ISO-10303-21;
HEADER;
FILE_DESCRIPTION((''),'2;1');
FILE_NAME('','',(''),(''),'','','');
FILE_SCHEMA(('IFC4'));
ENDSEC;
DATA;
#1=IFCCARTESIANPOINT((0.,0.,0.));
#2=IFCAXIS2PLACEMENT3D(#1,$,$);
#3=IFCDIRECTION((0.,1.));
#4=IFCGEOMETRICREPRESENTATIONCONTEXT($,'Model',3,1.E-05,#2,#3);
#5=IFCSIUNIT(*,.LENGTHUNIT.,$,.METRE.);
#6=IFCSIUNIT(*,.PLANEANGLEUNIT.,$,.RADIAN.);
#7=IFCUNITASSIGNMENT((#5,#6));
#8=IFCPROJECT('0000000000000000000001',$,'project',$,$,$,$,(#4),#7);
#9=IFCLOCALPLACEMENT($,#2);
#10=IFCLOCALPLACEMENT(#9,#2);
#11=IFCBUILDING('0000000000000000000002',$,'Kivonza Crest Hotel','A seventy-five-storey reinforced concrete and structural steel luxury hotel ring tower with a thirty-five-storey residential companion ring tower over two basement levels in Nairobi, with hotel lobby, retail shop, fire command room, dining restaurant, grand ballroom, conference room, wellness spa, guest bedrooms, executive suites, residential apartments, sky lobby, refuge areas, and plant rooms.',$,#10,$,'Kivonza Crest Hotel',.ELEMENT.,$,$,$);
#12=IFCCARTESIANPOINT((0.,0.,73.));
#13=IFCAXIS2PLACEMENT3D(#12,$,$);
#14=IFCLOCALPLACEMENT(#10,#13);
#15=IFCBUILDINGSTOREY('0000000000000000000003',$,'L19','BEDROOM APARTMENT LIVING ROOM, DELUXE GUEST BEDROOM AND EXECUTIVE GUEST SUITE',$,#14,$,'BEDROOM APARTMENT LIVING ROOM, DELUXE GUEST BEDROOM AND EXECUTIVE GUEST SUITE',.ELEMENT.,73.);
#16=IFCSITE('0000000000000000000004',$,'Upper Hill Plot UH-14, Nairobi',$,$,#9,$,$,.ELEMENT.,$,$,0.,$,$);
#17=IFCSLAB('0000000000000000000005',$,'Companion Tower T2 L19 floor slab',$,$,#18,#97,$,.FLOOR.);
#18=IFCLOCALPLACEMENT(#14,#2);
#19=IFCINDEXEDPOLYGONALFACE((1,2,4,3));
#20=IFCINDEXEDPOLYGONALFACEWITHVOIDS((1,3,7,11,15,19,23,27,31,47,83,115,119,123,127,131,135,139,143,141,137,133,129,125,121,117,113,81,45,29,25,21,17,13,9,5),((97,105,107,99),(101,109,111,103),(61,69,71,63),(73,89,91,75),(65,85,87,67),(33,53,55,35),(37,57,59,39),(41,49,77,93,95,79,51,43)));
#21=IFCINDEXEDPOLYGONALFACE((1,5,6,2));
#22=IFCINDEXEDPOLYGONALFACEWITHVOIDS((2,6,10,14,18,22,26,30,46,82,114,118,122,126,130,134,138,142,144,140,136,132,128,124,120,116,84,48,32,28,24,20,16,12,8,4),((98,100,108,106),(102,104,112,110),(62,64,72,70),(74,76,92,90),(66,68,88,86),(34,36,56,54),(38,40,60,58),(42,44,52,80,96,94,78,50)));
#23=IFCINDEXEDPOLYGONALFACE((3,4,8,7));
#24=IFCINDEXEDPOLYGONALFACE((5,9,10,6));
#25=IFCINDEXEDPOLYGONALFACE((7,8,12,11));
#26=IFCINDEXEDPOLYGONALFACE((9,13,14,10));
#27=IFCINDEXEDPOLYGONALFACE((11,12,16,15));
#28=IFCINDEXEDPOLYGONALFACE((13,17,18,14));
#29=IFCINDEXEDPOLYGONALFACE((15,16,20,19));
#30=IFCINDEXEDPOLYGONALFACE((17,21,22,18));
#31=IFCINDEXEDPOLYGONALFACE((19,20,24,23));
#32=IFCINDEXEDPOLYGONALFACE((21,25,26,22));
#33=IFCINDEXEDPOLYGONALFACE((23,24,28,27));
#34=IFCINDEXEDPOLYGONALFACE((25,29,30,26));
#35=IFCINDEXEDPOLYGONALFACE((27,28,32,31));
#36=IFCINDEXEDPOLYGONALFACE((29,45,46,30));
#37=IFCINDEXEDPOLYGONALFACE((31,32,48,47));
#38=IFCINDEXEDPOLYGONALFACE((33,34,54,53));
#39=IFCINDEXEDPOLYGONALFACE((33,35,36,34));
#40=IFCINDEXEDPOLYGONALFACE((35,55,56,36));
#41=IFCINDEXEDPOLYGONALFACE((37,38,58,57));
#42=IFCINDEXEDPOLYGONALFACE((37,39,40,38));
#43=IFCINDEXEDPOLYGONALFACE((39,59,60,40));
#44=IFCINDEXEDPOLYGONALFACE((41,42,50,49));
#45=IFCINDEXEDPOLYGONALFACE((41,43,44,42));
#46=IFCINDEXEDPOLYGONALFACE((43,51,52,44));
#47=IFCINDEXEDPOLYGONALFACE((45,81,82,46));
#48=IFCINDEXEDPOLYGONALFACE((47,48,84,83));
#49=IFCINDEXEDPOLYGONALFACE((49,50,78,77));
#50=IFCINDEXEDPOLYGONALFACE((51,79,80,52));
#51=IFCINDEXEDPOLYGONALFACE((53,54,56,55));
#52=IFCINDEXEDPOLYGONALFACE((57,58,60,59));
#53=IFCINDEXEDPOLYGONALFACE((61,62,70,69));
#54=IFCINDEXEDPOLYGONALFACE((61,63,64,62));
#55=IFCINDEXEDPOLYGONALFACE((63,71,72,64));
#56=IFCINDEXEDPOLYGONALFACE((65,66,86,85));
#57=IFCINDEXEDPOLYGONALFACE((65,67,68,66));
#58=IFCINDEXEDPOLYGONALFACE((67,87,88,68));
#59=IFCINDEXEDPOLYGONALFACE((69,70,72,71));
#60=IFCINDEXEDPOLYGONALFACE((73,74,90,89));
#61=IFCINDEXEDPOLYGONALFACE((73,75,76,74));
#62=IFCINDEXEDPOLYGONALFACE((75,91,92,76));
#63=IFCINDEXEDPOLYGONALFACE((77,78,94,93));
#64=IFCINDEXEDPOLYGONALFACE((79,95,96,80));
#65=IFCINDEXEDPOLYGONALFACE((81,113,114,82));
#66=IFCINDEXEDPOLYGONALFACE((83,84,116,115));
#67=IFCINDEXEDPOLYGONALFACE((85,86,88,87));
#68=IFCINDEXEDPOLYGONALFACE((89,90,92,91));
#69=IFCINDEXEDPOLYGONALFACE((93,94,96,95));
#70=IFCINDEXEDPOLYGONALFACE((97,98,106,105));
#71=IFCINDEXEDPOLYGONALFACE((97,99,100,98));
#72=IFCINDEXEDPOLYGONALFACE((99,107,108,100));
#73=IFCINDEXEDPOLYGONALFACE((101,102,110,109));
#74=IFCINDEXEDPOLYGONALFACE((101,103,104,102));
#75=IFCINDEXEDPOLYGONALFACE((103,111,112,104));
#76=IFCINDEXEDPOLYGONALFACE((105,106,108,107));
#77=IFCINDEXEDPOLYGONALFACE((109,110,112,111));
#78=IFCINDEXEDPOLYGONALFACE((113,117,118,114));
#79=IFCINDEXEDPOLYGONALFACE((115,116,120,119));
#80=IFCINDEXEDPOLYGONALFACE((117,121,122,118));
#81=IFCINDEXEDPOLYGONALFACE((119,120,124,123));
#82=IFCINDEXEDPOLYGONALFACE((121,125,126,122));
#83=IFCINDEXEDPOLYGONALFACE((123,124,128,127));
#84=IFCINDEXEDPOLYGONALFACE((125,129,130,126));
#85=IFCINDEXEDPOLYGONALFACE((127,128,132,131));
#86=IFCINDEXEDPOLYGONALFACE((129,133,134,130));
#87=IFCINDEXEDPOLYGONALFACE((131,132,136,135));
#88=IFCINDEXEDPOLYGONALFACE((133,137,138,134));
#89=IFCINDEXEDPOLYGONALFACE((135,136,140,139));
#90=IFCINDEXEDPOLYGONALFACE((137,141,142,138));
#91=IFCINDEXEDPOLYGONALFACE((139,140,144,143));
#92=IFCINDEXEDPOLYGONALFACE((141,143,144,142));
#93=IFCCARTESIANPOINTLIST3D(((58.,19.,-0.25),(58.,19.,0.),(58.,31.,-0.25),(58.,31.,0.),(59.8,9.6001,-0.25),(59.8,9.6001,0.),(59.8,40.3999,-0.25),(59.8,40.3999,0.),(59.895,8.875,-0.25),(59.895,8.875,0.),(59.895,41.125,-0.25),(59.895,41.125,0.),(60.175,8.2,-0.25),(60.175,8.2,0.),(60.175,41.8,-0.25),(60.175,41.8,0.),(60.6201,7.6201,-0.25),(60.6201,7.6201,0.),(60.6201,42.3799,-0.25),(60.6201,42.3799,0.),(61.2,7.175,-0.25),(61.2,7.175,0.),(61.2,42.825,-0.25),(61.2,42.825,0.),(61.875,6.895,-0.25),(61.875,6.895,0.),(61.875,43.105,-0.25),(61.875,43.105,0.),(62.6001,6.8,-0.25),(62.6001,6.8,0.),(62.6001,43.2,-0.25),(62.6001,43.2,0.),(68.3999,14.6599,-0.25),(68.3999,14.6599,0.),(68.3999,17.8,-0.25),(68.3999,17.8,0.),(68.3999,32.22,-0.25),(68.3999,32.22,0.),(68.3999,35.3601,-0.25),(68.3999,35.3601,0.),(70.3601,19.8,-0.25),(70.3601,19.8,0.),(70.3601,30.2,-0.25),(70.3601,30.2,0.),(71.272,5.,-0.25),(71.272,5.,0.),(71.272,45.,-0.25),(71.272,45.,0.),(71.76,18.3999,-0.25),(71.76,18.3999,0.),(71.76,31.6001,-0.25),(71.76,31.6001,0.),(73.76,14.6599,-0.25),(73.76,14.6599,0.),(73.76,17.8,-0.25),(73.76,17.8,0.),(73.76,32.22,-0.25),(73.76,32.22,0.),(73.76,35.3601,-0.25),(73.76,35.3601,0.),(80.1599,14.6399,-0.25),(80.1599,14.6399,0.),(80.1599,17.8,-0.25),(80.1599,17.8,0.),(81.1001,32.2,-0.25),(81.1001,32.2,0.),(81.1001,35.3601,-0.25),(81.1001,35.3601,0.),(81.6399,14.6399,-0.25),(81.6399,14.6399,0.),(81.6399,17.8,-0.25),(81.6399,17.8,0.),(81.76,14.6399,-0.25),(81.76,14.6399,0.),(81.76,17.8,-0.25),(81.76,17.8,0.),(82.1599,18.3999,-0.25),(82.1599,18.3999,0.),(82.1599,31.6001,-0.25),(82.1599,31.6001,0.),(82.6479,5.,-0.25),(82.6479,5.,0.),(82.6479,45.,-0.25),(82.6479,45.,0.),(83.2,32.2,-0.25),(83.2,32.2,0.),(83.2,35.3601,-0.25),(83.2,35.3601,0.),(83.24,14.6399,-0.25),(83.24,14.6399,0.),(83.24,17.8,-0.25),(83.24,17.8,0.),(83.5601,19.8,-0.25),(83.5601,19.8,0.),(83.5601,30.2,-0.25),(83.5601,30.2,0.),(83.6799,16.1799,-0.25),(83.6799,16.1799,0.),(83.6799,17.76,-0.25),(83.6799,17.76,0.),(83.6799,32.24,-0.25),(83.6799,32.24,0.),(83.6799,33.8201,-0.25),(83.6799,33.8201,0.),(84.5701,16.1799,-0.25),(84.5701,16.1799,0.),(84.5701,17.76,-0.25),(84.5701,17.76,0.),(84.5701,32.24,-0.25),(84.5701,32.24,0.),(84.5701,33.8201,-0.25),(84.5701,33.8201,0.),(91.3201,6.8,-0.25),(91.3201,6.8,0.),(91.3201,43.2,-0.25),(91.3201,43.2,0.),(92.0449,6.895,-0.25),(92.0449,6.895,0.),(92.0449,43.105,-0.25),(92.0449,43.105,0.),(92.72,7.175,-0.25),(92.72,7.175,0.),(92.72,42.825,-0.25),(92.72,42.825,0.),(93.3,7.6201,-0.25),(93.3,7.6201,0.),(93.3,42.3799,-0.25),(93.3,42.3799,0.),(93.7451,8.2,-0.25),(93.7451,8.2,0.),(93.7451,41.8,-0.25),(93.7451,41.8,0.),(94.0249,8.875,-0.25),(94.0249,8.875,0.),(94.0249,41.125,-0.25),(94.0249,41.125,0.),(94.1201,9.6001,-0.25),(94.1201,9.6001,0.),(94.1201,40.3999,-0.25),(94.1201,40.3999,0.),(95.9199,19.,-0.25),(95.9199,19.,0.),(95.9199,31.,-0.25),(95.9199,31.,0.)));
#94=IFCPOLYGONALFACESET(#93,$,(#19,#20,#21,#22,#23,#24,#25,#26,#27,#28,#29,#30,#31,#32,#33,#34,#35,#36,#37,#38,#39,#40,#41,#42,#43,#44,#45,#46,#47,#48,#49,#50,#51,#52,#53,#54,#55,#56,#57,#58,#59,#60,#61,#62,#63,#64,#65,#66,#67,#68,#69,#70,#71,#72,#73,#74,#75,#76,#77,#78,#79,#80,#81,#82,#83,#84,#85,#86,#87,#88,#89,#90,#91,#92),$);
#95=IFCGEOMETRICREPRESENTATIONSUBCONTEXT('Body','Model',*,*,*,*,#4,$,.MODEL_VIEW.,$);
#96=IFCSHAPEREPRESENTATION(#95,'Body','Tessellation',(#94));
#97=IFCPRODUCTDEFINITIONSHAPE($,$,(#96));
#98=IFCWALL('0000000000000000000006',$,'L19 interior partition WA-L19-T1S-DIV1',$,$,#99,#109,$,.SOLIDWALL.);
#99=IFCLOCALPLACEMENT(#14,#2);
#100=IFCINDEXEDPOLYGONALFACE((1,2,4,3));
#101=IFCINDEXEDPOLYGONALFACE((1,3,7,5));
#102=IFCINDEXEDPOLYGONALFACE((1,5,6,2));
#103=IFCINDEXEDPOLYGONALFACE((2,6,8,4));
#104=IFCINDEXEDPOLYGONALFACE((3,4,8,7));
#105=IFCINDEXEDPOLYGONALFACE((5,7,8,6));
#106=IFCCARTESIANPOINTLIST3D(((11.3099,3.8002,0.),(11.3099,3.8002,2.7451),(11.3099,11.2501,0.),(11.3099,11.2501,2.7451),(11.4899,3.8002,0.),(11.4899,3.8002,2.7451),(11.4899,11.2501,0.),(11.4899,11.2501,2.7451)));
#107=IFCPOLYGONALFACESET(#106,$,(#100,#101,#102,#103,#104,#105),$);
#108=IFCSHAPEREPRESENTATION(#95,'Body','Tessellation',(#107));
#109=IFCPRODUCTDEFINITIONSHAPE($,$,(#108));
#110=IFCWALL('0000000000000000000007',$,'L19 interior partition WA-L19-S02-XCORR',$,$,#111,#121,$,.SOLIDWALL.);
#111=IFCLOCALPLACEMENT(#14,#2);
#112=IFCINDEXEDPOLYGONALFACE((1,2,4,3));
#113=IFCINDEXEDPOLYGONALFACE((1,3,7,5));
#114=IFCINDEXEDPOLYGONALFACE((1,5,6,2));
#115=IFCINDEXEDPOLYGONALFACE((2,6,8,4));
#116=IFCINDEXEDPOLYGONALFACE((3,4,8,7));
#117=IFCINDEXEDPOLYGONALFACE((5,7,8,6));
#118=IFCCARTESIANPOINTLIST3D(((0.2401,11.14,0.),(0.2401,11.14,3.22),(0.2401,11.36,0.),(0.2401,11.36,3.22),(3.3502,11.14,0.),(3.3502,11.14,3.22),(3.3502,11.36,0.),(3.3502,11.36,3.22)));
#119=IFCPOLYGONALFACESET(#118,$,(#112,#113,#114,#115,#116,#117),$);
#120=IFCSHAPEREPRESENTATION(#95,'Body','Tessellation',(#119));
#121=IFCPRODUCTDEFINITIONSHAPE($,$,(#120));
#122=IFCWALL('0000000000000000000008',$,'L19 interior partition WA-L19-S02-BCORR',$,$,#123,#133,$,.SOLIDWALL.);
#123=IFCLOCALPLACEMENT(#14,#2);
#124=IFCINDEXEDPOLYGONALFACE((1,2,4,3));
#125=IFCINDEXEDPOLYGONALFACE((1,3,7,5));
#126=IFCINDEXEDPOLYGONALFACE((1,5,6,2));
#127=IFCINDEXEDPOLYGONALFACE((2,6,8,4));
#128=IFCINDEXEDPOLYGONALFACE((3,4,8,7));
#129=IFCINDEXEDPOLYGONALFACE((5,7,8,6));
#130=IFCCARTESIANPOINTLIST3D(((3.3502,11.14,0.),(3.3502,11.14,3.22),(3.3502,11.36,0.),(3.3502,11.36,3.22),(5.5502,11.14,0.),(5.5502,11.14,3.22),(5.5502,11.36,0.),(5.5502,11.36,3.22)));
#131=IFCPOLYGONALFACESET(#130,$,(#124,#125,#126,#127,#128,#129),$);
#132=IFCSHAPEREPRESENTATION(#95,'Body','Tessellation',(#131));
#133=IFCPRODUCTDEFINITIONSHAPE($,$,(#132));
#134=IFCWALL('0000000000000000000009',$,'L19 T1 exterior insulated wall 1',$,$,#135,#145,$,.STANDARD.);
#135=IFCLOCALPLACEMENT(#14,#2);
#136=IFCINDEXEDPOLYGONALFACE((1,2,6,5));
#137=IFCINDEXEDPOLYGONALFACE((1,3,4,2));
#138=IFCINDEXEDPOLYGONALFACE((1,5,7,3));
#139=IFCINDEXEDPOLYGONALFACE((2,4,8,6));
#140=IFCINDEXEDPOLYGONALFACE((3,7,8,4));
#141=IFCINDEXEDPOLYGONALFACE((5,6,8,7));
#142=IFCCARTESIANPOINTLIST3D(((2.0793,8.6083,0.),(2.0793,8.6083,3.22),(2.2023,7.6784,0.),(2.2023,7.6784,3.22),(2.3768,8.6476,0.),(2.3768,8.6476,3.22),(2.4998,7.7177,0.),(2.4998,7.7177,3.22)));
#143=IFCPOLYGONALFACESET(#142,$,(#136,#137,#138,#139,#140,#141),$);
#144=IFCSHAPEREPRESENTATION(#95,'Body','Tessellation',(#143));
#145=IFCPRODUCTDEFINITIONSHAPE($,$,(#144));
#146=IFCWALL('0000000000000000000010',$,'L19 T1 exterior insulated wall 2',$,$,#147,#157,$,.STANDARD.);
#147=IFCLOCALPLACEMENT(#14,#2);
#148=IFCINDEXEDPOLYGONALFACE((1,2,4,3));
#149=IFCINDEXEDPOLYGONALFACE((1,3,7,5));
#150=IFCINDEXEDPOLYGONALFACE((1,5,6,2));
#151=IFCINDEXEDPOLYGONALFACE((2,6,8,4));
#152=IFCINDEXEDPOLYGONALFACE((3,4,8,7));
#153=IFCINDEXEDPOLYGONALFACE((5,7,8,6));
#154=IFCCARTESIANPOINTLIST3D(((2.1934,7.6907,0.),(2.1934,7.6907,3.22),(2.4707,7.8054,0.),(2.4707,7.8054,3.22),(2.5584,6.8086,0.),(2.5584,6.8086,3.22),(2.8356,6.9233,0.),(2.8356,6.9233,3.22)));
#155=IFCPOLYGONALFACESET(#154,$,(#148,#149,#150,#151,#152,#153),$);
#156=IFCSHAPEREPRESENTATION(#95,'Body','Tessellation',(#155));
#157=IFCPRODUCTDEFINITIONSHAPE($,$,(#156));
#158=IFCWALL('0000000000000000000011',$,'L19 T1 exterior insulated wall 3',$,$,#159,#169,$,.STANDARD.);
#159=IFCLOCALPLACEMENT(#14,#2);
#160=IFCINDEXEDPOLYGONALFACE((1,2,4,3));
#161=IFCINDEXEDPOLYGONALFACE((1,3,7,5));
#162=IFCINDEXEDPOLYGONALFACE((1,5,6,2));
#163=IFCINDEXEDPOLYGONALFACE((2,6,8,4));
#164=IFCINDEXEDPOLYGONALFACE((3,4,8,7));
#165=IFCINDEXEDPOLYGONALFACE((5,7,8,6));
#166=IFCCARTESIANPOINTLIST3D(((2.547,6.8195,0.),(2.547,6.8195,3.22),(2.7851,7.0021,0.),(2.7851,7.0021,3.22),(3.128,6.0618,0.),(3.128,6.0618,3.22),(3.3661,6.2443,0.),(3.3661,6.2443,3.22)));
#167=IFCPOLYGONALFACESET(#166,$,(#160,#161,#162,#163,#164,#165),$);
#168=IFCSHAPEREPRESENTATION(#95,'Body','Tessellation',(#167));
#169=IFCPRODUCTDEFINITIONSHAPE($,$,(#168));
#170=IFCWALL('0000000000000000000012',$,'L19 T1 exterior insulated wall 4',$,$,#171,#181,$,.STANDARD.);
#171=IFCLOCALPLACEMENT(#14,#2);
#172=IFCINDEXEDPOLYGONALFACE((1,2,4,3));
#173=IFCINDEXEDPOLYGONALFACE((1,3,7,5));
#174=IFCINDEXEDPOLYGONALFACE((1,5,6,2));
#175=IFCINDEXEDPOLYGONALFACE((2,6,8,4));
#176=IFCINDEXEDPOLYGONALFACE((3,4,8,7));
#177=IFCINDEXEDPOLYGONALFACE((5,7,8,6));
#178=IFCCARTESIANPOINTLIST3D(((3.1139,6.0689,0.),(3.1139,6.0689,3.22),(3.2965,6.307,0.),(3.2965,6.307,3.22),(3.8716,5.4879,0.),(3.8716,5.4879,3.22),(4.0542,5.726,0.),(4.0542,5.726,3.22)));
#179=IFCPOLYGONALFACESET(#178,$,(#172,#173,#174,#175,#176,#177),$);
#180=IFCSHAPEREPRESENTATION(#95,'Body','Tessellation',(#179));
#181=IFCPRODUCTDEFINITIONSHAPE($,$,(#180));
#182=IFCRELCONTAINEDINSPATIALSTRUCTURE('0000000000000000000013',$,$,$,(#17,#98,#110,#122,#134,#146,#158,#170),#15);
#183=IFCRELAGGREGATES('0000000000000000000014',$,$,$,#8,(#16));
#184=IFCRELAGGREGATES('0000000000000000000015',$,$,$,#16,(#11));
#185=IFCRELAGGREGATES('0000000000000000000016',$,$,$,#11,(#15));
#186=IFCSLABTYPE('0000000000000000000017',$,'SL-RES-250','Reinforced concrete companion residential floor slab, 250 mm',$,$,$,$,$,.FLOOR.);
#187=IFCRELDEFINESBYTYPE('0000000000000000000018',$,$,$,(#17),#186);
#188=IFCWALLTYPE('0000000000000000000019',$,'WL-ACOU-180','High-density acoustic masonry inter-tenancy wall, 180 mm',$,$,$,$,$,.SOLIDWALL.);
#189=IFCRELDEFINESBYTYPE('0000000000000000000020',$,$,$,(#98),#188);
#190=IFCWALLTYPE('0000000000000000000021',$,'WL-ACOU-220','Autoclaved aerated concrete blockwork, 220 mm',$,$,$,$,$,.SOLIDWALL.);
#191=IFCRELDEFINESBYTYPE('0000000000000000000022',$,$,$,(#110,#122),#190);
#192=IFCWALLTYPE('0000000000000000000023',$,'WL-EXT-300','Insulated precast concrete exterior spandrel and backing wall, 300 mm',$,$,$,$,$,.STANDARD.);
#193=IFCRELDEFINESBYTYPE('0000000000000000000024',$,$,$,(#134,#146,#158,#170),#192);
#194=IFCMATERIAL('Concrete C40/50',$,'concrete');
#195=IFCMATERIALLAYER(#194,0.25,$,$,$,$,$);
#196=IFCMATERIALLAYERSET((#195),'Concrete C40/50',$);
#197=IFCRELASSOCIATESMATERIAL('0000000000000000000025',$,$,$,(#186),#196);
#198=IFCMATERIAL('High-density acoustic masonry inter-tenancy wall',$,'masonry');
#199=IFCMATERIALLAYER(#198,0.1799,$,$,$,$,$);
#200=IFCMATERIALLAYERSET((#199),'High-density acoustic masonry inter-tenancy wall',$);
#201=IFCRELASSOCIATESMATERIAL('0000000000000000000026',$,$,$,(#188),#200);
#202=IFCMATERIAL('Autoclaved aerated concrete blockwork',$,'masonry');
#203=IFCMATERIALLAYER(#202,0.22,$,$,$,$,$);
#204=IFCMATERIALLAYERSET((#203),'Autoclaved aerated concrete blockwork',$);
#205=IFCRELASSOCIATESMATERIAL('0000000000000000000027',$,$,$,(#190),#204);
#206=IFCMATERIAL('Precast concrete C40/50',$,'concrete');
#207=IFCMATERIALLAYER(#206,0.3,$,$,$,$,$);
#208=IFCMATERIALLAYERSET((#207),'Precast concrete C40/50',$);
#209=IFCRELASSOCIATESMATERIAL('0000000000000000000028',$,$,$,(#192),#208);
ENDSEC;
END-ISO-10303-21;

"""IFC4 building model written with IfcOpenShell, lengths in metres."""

from ifc_helpers import new_model, si_unit, direction, frame, frame_2d, origin, place, context, subcontext, project, spatial, polyline, rectangle, outline, extrude, material, layer, layer_set, type_object, element, save


model = new_model("IFC4")

# Units and contexts
model_context = context("Model", 3, precision=1e-05, world=origin(), true_north=direction((0.0, 1.0)))
body_context = subcontext(model_context, "Body", "Model", "MODEL_VIEW")
ifc_project = project(units=[si_unit("LENGTHUNIT", "METRE"), si_unit("PLANEANGLEUNIT", "RADIAN")], contexts=[model_context])

# Site, building, storey
site_placement = place(None, origin())
site = spatial("IfcSite", under=ifc_project, at=site_placement, Name="Upper Hill Plot UH-14, Nairobi", CompositionType="ELEMENT", RefElevation=0.0)
building_placement = place(site_placement, origin())
building = spatial("IfcBuilding", under=site, at=building_placement, Name="Kivonza Crest Hotel", Description="A seventy-five-storey reinforced concrete and structural steel luxury hotel ring tower with a thirty-five-storey residential companion ring tower over two basement levels in Nairobi, with hotel lobby, retail shop, fire command room, dining restaurant, grand ballroom, conference room, wellness spa, guest bedrooms, executive suites, residential apartments, sky lobby, refuge areas, and plant rooms.", LongName="Kivonza Crest Hotel", CompositionType="ELEMENT")
storey_placement = place(building_placement, frame((0.0, 0.0, 73.0)))
storey = spatial("IfcBuildingStorey", under=building, at=storey_placement, Name="L19", Description="BEDROOM APARTMENT LIVING ROOM, DELUXE GUEST BEDROOM AND EXECUTIVE GUEST SUITE", LongName="BEDROOM APARTMENT LIVING ROOM, DELUXE GUEST BEDROOM AND EXECUTIVE GUEST SUITE", CompositionType="ELEMENT", Elevation=73.0)

# Shared definitions
ifc_material_1 = material(Name="Concrete C40/50", Category="concrete")

# Slab
ifc_layer_1 = layer(ifc_material_1, 0.25)
ifc_layer_set_1 = layer_set([ifc_layer_1], Name="Concrete C40/50")
slab_type_1 = type_object("IfcSlabType", Name="SL-RES-250", Description="Reinforced concrete companion residential floor slab, 250 mm", PredefinedType="FLOOR", material=ifc_layer_set_1)
slab_1_placement = place(storey_placement, frame((0.0, 0.0, -0.25)))
element("IfcSlab", 1, at=slab_1_placement, inside=storey, type_object=slab_type_1, Name="Companion Tower T2 L19 floor slab", PredefinedType="FLOOR", context=body_context, shape_type="SweptSolid", body=[
    extrude(outline(polyline([(59.8, 9.6001), (59.895, 8.875), (60.175, 8.2), (60.6201, 7.6201), (61.2, 7.175), (61.875, 6.895), (62.6001, 6.8), (71.272, 5.0), (82.6479, 5.0), (91.3201, 6.8), (92.0449, 6.895), (92.72, 7.175), (93.3, 7.6201), (93.7451, 8.2), (94.0249, 8.875), (94.1201, 9.6001), (95.9199, 19.0), (95.9199, 31.0), (94.1201, 40.3999), (94.0249, 41.125), (93.7451, 41.8), (93.3, 42.3799), (92.72, 42.825), (92.0449, 43.105), (91.3201, 43.2), (82.6479, 45.0), (71.272, 45.0), (62.6001, 43.2), (61.875, 43.105), (61.2, 42.825), (60.6201, 42.3799), (60.175, 41.8), (59.895, 41.125), (59.8, 40.3999), (58.0, 31.0), (58.0, 19.0), (59.8, 9.6001)]), holes=[polyline([(71.76, 18.3999), (82.1599, 18.3999), (83.5601, 19.8), (83.5601, 30.2), (82.1599, 31.6001), (71.76, 31.6001), (70.3601, 30.2), (70.3601, 19.8), (71.76, 18.3999)]), polyline([(68.3999, 32.22), (73.76, 32.22), (73.76, 35.3601), (68.3999, 35.3601), (68.3999, 32.22)]), polyline([(68.3999, 14.6599), (73.76, 14.6599), (73.76, 17.8), (68.3999, 17.8), (68.3999, 14.6599)]), polyline([(83.6799, 32.24), (84.5701, 32.24), (84.5701, 33.8201), (83.6799, 33.8201), (83.6799, 32.24)]), polyline([(83.6799, 16.1799), (84.5701, 16.1799), (84.5701, 17.76), (83.6799, 17.76), (83.6799, 16.1799)]), polyline([(81.1001, 32.2), (83.2, 32.2), (83.2, 35.3601), (81.1001, 35.3601), (81.1001, 32.2)]), polyline([(80.1599, 14.6399), (81.6399, 14.6399), (81.6399, 17.8), (80.1599, 17.8), (80.1599, 14.6399)]), polyline([(81.76, 14.6399), (83.24, 14.6399), (83.24, 17.8), (81.76, 17.8), (81.76, 14.6399)])]), origin(), (0.0, 0.0, 1.0), 0.25),
])

# Walls
ifc_material_2 = material(Name="High-density acoustic masonry inter-tenancy wall", Category="masonry")
ifc_layer_2 = layer(ifc_material_2, 0.1799)
ifc_layer_set_2 = layer_set([ifc_layer_2], Name="High-density acoustic masonry inter-tenancy wall")
wall_type_1 = type_object("IfcWallType", Name="WL-ACOU-180", Description="High-density acoustic masonry inter-tenancy wall, 180 mm", PredefinedType="SOLIDWALL", material=ifc_layer_set_2)
wall_1_placement = place(storey_placement, frame((11.3999, 3.8, 0.0), z_axis=(0.0, 0.0, 1.0), x_axis=(0.0, 1.0, 0.0)))
element("IfcWall", 2, at=wall_1_placement, inside=storey, type_object=wall_type_1, Name="L19 interior partition WA-L19-T1S-DIV1", PredefinedType="SOLIDWALL", context=body_context, shape_type="SweptSolid", body=[
    extrude(rectangle(XDim=7.45, YDim=0.1799, at=frame_2d((3.7251, 0.0))), origin(), (0.0, 0.0, 1.0), 2.7451),
])
ifc_material_3 = material(Name="Autoclaved aerated concrete blockwork", Category="masonry")
ifc_layer_3 = layer(ifc_material_3, 0.22)
ifc_layer_set_3 = layer_set([ifc_layer_3], Name="Autoclaved aerated concrete blockwork")
wall_type_2 = type_object("IfcWallType", Name="WL-ACOU-220", Description="Autoclaved aerated concrete blockwork, 220 mm", PredefinedType="SOLIDWALL", material=ifc_layer_set_3)
wall_2_placement = place(storey_placement, frame((0.24, 11.25, 0.0), z_axis=(0.0, 0.0, 1.0), x_axis=(1.0, 0.0, 0.0)))
element("IfcWall", 3, at=wall_2_placement, inside=storey, type_object=wall_type_2, Name="L19 interior partition WA-L19-S02-XCORR", PredefinedType="SOLIDWALL", context=body_context, shape_type="SweptSolid", body=[
    extrude(rectangle(XDim=3.1101, YDim=0.22, at=frame_2d((1.5552, 0.0))), origin(), (0.0, 0.0, 1.0), 3.22),
])
wall_3_placement = place(storey_placement, frame((3.3501, 11.25, 0.0), z_axis=(0.0, 0.0, 1.0), x_axis=(1.0, 0.0, 0.0)))
element("IfcWall", 4, at=wall_3_placement, inside=storey, type_object=wall_type_2, Name="L19 interior partition WA-L19-S02-BCORR", PredefinedType="SOLIDWALL", context=body_context, shape_type="SweptSolid", body=[
    extrude(rectangle(XDim=2.2, YDim=0.22, at=frame_2d((1.1001, 0.0))), origin(), (0.0, 0.0, 1.0), 3.22),
])
ifc_material_4 = material(Name="Precast concrete C40/50", Category="concrete")
ifc_layer_4 = layer(ifc_material_4, 0.3)
ifc_layer_set_4 = layer_set([ifc_layer_4], Name="Precast concrete C40/50")
wall_type_3 = type_object("IfcWallType", Name="WL-EXT-300", Description="Insulated precast concrete exterior spandrel and backing wall, 300 mm", PredefinedType="STANDARD", material=ifc_layer_set_4)
wall_4_placement = place(storey_placement, frame((2.228, 8.6279, 0.0), z_axis=(0.0, 0.0, 1.0), x_axis=(0.131175, -0.991359, 0.0)))
element("IfcWall", 5, at=wall_4_placement, inside=storey, type_object=wall_type_3, Name="L19 T1 exterior insulated wall 1", PredefinedType="STANDARD", context=body_context, shape_type="SweptSolid", body=[
    extrude(rectangle(XDim=0.938, YDim=0.3, at=frame_2d((0.469, 0.0))), origin(), (0.0, 0.0, 1.0), 3.22),
])
wall_5_placement = place(storey_placement, frame((2.332, 7.748, 0.0), z_axis=(0.0, 0.0, 1.0), x_axis=(0.382344, -0.92402, 0.0)))
element("IfcWall", 6, at=wall_5_placement, inside=storey, type_object=wall_type_3, Name="L19 T1 exterior insulated wall 2", PredefinedType="STANDARD", context=body_context, shape_type="SweptSolid", body=[
    extrude(rectangle(XDim=0.9546, YDim=0.3, at=frame_2d((0.4773, 0.0))), origin(), (0.0, 0.0, 1.0), 3.22),
])
for number, where, z_axis, x_axis, name in (
    (7, (2.666, 6.9109, 0.0), (0.0, 0.0, 1.0), (0.608474, -0.793573, 0.0), "L19 T1 exterior insulated wall 3"),
    (8, (3.2051, 6.188, 0.0), (0.0, 0.0, 1.0), (0.793573, -0.608474, 0.0), "L19 T1 exterior insulated wall 4"),
):
    element("IfcWall", number, at=place(storey_placement, frame(where, z_axis=z_axis, x_axis=x_axis)), inside=storey, type_object=wall_type_3, Name=name, PredefinedType="STANDARD", context=body_context, shape_type="SweptSolid", body=[
        extrude(rectangle(XDim=0.9548, YDim=0.3, at=frame_2d((0.4775, 0.0))), origin(), (0.0, 0.0, 1.0), 3.22),
    ])

save(model, "model.ifc")
